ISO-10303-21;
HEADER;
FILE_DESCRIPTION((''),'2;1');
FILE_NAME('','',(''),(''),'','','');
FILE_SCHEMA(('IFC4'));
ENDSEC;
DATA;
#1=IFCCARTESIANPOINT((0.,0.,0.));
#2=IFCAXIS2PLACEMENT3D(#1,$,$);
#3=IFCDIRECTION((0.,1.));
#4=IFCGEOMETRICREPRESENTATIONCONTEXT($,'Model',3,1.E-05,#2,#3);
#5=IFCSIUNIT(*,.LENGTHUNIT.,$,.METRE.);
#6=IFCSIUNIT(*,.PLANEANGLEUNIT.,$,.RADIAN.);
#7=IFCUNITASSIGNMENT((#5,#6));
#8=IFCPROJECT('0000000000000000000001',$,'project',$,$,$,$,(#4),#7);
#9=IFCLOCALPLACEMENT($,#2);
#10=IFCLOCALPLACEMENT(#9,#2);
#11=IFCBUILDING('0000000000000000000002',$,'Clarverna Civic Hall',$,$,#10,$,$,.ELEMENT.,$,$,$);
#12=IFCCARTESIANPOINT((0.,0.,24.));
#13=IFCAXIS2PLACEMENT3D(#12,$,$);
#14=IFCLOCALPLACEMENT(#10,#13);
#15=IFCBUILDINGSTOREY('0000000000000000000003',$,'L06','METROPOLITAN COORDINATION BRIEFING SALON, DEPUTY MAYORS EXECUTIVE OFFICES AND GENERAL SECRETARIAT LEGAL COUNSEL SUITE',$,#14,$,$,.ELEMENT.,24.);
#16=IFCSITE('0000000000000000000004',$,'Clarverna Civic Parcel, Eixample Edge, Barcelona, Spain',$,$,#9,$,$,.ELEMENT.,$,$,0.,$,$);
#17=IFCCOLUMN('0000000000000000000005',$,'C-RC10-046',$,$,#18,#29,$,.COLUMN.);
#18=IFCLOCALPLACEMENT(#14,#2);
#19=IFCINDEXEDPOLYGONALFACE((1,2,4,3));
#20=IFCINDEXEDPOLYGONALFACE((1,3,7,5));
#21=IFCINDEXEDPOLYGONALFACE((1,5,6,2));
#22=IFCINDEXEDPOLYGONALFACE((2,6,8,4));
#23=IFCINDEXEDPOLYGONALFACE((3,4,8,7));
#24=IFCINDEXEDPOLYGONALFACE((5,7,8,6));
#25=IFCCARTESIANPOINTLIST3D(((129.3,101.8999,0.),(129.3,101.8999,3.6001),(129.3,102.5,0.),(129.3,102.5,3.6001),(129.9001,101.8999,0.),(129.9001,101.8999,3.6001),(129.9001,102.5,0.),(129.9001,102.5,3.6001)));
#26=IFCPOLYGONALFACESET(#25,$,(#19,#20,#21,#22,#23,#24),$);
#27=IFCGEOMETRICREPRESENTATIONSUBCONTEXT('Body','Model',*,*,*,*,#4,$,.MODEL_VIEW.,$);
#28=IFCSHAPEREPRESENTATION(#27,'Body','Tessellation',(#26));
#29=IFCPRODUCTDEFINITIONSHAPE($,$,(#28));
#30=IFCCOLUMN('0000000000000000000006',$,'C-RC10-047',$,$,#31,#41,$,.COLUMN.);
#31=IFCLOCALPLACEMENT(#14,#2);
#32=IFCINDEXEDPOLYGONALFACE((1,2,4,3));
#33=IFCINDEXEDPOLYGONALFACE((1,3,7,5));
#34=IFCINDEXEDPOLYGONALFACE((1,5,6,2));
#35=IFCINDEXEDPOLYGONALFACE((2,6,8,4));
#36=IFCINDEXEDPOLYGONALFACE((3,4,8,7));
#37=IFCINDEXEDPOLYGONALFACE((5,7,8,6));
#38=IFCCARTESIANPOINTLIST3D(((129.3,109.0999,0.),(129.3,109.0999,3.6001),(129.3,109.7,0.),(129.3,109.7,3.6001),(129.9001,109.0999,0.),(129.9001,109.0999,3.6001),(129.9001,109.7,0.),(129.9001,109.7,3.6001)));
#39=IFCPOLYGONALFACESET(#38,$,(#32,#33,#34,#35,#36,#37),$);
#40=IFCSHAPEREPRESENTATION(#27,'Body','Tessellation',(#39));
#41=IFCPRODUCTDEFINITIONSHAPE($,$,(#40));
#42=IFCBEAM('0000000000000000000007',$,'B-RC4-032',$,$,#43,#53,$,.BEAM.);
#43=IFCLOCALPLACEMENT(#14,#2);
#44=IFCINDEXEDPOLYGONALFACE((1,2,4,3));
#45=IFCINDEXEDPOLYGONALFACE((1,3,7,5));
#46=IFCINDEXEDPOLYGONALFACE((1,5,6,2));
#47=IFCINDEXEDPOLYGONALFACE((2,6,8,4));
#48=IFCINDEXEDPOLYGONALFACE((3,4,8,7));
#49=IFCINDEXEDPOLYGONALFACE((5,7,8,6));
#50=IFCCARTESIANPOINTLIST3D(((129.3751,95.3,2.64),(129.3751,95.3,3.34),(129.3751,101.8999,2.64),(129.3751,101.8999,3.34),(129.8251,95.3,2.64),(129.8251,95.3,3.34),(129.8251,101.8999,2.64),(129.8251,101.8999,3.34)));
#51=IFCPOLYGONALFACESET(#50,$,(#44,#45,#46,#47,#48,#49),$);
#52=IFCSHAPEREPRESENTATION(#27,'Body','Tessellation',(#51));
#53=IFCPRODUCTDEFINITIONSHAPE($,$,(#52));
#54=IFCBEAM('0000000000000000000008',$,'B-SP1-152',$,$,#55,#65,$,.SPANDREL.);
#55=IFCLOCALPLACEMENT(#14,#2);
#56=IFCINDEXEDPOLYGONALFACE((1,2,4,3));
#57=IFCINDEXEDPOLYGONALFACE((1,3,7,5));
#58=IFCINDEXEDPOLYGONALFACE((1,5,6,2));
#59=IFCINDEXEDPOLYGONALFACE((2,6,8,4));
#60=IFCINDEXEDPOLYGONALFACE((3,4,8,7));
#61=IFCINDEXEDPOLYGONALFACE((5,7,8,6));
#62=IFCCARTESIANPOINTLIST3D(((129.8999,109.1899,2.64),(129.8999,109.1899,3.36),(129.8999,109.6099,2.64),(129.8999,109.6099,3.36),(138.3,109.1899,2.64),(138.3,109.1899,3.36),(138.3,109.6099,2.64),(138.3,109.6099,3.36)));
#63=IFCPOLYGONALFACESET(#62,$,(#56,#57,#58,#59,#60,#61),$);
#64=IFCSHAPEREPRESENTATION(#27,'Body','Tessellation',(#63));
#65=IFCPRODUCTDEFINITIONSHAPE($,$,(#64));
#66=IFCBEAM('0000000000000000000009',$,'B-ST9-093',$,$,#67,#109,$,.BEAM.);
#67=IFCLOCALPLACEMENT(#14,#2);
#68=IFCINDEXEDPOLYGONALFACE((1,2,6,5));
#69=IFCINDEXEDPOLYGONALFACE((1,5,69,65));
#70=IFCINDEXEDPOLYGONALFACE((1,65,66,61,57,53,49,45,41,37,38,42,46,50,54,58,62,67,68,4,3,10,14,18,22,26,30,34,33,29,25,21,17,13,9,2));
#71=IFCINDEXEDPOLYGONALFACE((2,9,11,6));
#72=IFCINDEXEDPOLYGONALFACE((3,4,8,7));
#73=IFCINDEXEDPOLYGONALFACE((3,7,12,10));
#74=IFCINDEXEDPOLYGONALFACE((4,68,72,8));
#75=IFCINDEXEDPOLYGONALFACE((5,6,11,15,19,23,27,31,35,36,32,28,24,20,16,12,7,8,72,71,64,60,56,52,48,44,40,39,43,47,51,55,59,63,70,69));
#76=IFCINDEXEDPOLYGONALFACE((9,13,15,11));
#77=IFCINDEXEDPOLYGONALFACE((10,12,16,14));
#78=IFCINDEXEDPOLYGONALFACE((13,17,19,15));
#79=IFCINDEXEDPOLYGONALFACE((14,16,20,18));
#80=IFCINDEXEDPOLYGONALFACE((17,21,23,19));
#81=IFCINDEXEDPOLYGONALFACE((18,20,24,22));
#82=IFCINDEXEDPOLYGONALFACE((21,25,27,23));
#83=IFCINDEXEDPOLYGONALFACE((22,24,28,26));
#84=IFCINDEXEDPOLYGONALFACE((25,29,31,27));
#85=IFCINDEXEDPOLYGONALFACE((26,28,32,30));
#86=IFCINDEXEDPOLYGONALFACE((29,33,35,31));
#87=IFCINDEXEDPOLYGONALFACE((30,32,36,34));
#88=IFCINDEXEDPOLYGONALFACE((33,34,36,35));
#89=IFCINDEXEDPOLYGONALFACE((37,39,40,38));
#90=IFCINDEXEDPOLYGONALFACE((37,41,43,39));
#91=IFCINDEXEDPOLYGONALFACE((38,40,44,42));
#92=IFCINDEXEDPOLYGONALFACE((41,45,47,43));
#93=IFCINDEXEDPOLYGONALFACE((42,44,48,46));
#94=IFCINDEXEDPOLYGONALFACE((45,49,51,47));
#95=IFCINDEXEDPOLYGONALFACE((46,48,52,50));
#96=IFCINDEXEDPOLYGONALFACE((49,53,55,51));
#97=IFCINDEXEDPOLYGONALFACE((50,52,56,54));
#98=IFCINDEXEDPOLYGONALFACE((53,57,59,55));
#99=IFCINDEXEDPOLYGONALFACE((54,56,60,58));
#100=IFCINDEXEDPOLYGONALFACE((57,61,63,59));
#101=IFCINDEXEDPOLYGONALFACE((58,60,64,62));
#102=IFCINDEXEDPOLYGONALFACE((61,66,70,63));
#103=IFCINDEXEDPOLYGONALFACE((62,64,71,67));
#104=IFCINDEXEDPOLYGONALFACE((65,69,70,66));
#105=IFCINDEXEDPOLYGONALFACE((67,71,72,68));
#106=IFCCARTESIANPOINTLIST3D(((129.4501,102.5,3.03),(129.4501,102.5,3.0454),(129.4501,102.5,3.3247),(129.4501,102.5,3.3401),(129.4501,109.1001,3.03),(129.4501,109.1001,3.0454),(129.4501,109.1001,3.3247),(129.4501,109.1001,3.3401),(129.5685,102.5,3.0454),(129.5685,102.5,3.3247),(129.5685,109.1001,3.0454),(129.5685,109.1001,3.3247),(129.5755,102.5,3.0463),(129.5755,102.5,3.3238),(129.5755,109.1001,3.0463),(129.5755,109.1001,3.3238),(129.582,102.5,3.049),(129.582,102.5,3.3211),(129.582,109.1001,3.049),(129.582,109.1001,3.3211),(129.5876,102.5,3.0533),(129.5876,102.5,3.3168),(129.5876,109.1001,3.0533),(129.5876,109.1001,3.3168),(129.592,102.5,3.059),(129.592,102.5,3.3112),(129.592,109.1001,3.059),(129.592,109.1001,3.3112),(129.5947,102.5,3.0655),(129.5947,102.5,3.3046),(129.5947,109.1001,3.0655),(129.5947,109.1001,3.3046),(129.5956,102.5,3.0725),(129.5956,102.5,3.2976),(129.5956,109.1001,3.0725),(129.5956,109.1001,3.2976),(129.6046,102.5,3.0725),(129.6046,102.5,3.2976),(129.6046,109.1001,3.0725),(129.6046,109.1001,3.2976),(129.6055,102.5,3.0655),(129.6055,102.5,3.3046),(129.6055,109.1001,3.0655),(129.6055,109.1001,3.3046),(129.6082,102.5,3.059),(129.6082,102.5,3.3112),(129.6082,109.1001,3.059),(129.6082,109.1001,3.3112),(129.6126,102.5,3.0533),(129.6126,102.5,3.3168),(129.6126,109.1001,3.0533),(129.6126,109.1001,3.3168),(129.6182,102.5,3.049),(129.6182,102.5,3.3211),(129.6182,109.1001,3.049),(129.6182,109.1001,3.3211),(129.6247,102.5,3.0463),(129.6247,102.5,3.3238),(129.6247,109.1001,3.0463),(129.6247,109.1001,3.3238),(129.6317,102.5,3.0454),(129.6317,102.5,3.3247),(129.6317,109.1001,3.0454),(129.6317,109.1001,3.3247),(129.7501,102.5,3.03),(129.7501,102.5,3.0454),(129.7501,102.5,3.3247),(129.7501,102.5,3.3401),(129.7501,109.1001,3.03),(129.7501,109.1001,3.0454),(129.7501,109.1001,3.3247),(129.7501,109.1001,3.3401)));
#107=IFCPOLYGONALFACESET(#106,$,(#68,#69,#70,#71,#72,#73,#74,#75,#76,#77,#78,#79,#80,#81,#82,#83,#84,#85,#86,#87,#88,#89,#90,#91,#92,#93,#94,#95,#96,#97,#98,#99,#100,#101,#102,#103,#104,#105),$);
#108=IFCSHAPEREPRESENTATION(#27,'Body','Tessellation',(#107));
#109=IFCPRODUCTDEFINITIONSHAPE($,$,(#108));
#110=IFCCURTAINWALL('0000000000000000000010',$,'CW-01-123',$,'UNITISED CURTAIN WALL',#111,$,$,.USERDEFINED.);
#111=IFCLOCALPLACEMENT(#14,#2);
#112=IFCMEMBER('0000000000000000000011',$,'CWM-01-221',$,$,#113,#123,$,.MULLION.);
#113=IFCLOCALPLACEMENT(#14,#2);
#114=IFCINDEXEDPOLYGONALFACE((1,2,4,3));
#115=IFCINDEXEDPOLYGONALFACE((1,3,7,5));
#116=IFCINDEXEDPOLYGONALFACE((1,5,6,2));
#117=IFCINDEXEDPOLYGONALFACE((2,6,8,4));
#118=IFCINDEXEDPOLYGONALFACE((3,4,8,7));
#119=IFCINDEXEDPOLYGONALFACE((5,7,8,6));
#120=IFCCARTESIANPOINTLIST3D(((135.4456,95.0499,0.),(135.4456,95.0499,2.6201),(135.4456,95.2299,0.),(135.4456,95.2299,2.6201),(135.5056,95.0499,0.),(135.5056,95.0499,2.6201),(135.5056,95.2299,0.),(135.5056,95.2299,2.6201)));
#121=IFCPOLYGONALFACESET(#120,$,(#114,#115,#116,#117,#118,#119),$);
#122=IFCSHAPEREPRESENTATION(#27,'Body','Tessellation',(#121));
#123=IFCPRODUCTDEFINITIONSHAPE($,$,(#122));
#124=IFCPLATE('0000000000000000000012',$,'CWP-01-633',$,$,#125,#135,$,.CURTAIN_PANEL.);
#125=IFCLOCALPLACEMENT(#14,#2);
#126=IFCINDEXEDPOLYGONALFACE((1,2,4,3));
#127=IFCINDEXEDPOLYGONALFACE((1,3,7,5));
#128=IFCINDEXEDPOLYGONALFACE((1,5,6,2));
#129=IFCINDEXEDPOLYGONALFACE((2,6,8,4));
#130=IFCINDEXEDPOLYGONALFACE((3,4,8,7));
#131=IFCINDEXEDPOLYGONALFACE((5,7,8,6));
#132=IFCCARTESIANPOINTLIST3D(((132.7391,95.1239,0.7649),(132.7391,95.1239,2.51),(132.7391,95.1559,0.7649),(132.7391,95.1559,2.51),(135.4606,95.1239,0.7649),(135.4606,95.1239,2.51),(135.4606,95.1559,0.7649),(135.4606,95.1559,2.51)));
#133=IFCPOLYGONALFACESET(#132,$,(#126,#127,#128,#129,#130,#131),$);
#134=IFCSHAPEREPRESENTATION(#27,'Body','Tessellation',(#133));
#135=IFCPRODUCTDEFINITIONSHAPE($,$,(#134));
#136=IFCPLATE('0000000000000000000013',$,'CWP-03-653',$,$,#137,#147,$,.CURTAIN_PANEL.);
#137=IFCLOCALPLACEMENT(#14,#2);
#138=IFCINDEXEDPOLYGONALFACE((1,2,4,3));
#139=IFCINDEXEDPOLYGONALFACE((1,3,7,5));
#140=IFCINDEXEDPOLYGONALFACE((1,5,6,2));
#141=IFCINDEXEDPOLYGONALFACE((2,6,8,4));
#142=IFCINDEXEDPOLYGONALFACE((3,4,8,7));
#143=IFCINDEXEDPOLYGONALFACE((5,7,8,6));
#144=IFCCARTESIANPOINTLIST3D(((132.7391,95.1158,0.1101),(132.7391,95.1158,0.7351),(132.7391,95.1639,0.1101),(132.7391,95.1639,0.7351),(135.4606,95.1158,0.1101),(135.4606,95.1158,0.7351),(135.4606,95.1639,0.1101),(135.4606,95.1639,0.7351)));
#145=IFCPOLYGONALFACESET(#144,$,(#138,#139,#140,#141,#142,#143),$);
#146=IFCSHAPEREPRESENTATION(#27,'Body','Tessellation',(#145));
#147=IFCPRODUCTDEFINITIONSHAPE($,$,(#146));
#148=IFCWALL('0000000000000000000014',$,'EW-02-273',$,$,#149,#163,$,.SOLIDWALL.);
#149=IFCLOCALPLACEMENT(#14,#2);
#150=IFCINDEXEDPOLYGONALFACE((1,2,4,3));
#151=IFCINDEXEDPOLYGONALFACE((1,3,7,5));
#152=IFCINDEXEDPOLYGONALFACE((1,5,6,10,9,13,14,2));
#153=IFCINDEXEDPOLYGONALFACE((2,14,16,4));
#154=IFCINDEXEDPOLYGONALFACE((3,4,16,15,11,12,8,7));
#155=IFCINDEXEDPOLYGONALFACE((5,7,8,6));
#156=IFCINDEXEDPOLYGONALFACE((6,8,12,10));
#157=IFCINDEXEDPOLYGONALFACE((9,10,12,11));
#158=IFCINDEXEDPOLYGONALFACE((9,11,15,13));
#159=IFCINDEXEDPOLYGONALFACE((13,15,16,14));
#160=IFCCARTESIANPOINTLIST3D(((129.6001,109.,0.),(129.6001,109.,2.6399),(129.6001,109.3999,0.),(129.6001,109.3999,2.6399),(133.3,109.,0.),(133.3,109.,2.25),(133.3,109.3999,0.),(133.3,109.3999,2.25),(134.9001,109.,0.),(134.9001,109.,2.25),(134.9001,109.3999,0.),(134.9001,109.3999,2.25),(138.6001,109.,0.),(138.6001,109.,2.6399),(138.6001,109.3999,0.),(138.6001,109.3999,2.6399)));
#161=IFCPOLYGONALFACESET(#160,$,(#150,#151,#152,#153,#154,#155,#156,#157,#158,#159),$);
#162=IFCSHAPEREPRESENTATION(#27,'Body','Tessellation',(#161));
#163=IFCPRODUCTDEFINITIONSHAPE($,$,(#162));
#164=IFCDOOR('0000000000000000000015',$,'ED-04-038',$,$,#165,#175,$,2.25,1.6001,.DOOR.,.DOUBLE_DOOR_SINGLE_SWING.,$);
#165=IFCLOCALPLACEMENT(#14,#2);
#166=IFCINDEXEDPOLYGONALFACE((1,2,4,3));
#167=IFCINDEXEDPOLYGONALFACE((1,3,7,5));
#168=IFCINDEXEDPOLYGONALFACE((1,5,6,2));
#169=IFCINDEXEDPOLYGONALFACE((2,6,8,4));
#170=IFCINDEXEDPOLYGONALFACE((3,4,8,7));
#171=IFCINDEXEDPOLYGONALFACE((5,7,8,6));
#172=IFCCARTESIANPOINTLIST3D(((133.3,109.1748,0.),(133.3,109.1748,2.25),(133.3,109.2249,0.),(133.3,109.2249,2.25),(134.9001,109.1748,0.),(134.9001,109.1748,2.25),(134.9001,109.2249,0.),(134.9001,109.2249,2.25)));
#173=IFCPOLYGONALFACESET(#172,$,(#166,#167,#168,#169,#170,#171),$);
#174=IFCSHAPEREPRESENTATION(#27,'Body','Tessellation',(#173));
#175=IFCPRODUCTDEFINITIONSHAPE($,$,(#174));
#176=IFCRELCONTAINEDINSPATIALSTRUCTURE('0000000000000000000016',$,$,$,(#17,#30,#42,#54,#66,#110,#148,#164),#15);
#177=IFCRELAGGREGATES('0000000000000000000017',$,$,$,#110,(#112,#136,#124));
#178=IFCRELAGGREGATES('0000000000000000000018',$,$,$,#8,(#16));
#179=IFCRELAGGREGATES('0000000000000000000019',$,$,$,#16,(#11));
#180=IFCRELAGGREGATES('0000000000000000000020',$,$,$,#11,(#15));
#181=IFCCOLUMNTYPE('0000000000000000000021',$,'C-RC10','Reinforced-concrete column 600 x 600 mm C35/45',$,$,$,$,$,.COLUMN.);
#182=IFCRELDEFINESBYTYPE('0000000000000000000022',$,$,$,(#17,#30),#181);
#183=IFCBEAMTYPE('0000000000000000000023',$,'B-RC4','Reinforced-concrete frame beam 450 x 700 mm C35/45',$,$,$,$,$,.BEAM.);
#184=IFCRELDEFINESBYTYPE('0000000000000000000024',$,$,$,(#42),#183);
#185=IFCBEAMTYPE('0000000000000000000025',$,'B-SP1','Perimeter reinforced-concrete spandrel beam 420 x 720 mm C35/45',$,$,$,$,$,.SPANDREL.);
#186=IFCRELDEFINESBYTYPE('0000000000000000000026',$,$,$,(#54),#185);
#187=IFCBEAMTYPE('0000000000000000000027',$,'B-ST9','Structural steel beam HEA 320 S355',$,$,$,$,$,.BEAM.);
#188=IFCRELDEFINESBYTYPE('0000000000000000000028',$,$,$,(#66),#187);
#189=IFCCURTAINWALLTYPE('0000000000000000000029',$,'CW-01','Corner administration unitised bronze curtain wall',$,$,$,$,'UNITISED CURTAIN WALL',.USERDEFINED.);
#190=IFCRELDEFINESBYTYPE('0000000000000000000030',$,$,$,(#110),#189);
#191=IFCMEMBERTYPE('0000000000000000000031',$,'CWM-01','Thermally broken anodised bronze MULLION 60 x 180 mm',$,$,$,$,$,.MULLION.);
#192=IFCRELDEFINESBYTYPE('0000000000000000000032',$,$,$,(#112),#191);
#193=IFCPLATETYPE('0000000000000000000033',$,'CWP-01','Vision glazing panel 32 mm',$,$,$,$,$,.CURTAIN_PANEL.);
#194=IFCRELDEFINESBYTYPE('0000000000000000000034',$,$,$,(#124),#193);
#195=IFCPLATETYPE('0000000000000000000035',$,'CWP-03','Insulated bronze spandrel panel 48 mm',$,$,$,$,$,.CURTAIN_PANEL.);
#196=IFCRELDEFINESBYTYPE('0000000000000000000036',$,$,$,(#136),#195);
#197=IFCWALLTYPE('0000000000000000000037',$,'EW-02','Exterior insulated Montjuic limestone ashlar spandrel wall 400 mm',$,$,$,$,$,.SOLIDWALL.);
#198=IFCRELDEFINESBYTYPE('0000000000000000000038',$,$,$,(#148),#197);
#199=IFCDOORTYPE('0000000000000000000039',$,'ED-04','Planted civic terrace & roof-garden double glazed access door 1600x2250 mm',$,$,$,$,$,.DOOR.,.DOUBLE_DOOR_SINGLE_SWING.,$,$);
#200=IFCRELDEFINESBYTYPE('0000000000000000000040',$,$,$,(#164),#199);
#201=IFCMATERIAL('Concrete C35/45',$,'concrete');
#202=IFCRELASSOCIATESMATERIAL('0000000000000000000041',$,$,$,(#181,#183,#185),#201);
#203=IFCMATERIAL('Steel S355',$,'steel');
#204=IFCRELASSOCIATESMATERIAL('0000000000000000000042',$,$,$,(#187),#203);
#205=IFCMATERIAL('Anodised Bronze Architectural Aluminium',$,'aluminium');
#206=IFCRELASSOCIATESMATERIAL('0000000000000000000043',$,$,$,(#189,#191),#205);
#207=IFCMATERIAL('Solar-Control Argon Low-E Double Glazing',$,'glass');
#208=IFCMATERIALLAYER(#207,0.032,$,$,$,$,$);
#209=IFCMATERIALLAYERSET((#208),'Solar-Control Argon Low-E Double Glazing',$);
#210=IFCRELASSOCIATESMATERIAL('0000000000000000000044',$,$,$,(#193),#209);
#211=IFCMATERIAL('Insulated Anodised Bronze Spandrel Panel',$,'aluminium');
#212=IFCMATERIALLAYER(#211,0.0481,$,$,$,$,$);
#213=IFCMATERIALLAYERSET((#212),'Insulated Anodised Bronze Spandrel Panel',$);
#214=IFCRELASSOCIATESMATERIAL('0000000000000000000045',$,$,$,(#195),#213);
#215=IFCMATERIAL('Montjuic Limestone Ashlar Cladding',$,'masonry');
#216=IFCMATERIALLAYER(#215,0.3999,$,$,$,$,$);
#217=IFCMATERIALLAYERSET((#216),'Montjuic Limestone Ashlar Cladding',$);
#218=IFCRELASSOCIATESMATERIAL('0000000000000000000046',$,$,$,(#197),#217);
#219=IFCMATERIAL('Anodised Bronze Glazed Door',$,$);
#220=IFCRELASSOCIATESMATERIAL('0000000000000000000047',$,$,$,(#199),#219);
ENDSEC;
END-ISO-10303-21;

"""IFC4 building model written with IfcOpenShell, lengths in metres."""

from ifc_helpers import new_model, si_unit, direction, frame, frame_2d, origin, origin_2d, place, context, subcontext, project, spatial, rectangle, i_section, extrude, material, layer, layer_set, material_profile, profile_set, type_object, element, fill, aggregate, save


model = new_model("IFC4")

# Units and contexts
model_context = context("Model", 3, precision=1e-05, world=origin(), true_north=direction((0.0, 1.0)))
body_context = subcontext(model_context, "Body", "Model", "MODEL_VIEW")
ifc_project = project(units=[si_unit("LENGTHUNIT", "METRE"), si_unit("PLANEANGLEUNIT", "RADIAN")], contexts=[model_context])

# Site, building, storey
site_placement = place(None, origin())
site = spatial("IfcSite", under=ifc_project, at=site_placement, Name="Clarverna Civic Parcel, Eixample Edge, Barcelona, Spain", CompositionType="ELEMENT", RefElevation=0.0)
building_placement = place(site_placement, origin())
building = spatial("IfcBuilding", under=site, at=building_placement, Name="Clarverna Civic Hall", CompositionType="ELEMENT")
storey_placement = place(building_placement, frame((0.0, 0.0, 24.0)))
storey = spatial("IfcBuildingStorey", under=building, at=storey_placement, Name="L06", Description="METROPOLITAN COORDINATION BRIEFING SALON, DEPUTY MAYORS EXECUTIVE OFFICES AND GENERAL SECRETARIAT LEGAL COUNSEL SUITE", CompositionType="ELEMENT", Elevation=24.0)

# Columns
ifc_material_1 = material(Name="Concrete C35/45", Category="concrete")
ifc_material_profile_1 = material_profile(ifc_material_1, rectangle(XDim=0.6001, YDim=0.6001, at=origin_2d()), Name="RC 600x600")
ifc_profile_set_1 = profile_set([ifc_material_profile_1], Name="Concrete C35/45")
column_type = type_object("IfcColumnType", Name="C-RC10", Description="Reinforced-concrete column 600 x 600 mm C35/45", PredefinedType="COLUMN", material=ifc_profile_set_1)
for number, where, z_axis, x_axis, name in (
    (1, (129.6001, 102.2, 0.0), (0.0, 0.0, 1.0), (1.0, 0.0, 0.0), "C-RC10-046"),
    (2, (129.6001, 109.3999, 0.0), (0.0, 0.0, 1.0), (1.0, 0.0, 0.0), "C-RC10-047"),
):
    element("IfcColumn", number, at=place(storey_placement, frame(where, z_axis=z_axis, x_axis=x_axis)), inside=storey, type_object=column_type, Name=name, PredefinedType="COLUMN", context=body_context, shape_type="SweptSolid", body=[
        extrude(rectangle(XDim=0.6001, YDim=0.6001, at=origin_2d()), origin(), (0.0, 0.0, 1.0), 3.6001),
    ])

# Beams
ifc_material_profile_2 = material_profile(ifc_material_1, rectangle(XDim=0.45, YDim=0.7, at=origin_2d()), Name="RC 450x700")
ifc_profile_set_2 = profile_set([ifc_material_profile_2], Name="Concrete C35/45")
beam_type_1 = type_object("IfcBeamType", Name="B-RC4", Description="Reinforced-concrete frame beam 450 x 700 mm C35/45", PredefinedType="BEAM", material=ifc_profile_set_2)
beam_1_placement = place(storey_placement, frame((129.6001, 95.3, 2.99), z_axis=(0.0, 1.0, 0.0), x_axis=(-1.0, 0.0, 0.0)))
element("IfcBeam", 3, at=beam_1_placement, inside=storey, type_object=beam_type_1, Name="B-RC4-032", PredefinedType="BEAM", context=body_context, shape_type="SweptSolid", body=[
    extrude(rectangle(XDim=0.45, YDim=0.7, at=origin_2d()), origin(), (0.0, 0.0, 1.0), 6.5999),
])
ifc_material_profile_3 = material_profile(ifc_material_1, rectangle(XDim=0.4199, YDim=0.72, at=origin_2d()), Name="RC 420x720")
ifc_profile_set_3 = profile_set([ifc_material_profile_3], Name="Concrete C35/45")
beam_type_2 = type_object("IfcBeamType", Name="B-SP1", Description="Perimeter reinforced-concrete spandrel beam 420 x 720 mm C35/45", PredefinedType="SPANDREL", material=ifc_profile_set_3)
beam_2_placement = place(storey_placement, frame((129.8999, 109.3999, 3.0), z_axis=(1.0, 0.0, 0.0), x_axis=(0.0, 1.0, 0.0)))
element("IfcBeam", 4, at=beam_2_placement, inside=storey, type_object=beam_type_2, Name="B-SP1-152", PredefinedType="SPANDREL", context=body_context, shape_type="SweptSolid", body=[
    extrude(rectangle(XDim=0.4199, YDim=0.72, at=origin_2d()), origin(), (0.0, 0.0, 1.0), 8.4001),
])
ifc_material_2 = material(Name="Steel S355", Category="steel")
ifc_material_profile_4 = material_profile(ifc_material_2, i_section(OverallWidth=0.3, OverallDepth=0.3101, WebThickness=0.009, FlangeThickness=0.0154, FilletRadius=0.0271, at=origin_2d()), Name="HEA 320")
ifc_profile_set_4 = profile_set([ifc_material_profile_4], Name="Steel S355")
beam_type_3 = type_object("IfcBeamType", Name="B-ST9", Description="Structural steel beam HEA 320 S355", PredefinedType="BEAM", material=ifc_profile_set_4)
beam_3_placement = place(storey_placement, frame((129.6001, 102.5, 3.1851), z_axis=(0.0, 1.0, 0.0), x_axis=(-1.0, 0.0, 0.0)))
element("IfcBeam", 5, at=beam_3_placement, inside=storey, type_object=beam_type_3, Name="B-ST9-093", PredefinedType="BEAM", context=body_context, shape_type="SweptSolid", body=[
    extrude(i_section(OverallWidth=0.3, OverallDepth=0.3101, WebThickness=0.009, FlangeThickness=0.0154, FilletRadius=0.0271, at=origin_2d()), origin(), (0.0, 0.0, 1.0), 6.6001),
])

# Curtain wall, member, plates
ifc_material_3 = material(Name="Anodised Bronze Architectural Aluminium", Category="aluminium")
curtain_wall_type = type_object("IfcCurtainWallType", Name="CW-01", Description="Corner administration unitised bronze curtain wall", ElementType="UNITISED CURTAIN WALL", PredefinedType="USERDEFINED", material=ifc_material_3)
curtain_wall_placement = place(storey_placement, origin())
curtain_wall = element("IfcCurtainWall", 6, at=curtain_wall_placement, inside=storey, type_object=curtain_wall_type, Name="CW-01-123", ObjectType="UNITISED CURTAIN WALL", PredefinedType="USERDEFINED")
ifc_material_profile_5 = material_profile(ifc_material_3, rectangle(XDim=0.0601, YDim=0.1799, at=origin_2d()), Name="BRONZE 60x180")
ifc_profile_set_5 = profile_set([ifc_material_profile_5], Name="Anodised Bronze Architectural Aluminium")
member_type = type_object("IfcMemberType", Name="CWM-01", Description="Thermally broken anodised bronze MULLION 60 x 180 mm", PredefinedType="MULLION", material=ifc_profile_set_5)
member_placement = place(storey_placement, frame((135.4756, 95.1399, 0.0), z_axis=(0.0, 0.0, 1.0), x_axis=(1.0, 0.0, 0.0)))
member = element("IfcMember", 7, at=member_placement, type_object=member_type, Name="CWM-01-221", PredefinedType="MULLION", context=body_context, shape_type="SweptSolid", body=[
    extrude(rectangle(XDim=0.0601, YDim=0.1799, at=origin_2d()), origin(), (0.0, 0.0, 1.0), 2.6201),
])
ifc_material_4 = material(Name="Solar-Control Argon Low-E Double Glazing", Category="glass")
ifc_layer_1 = layer(ifc_material_4, 0.032)
ifc_layer_set_1 = layer_set([ifc_layer_1], Name="Solar-Control Argon Low-E Double Glazing")
plate_type_1 = type_object("IfcPlateType", Name="CWP-01", Description="Vision glazing panel 32 mm", PredefinedType="CURTAIN_PANEL", material=ifc_layer_set_1)
plate_1_placement = place(storey_placement, frame((135.4607, 95.1399, 0.7649), z_axis=(0.0, 0.0, 1.0), x_axis=(-1.0, 0.0, 0.0)))
plate_1 = element("IfcPlate", 8, at=plate_1_placement, type_object=plate_type_1, Name="CWP-01-633", PredefinedType="CURTAIN_PANEL", context=body_context, shape_type="SweptSolid", body=[
    extrude(rectangle(XDim=2.7214, YDim=0.032, at=frame_2d((1.3608, 0.0))), origin(), (0.0, 0.0, 1.0), 1.7451),
])
ifc_material_5 = material(Name="Insulated Anodised Bronze Spandrel Panel", Category="aluminium")
ifc_layer_2 = layer(ifc_material_5, 0.0481)
ifc_layer_set_2 = layer_set([ifc_layer_2], Name="Insulated Anodised Bronze Spandrel Panel")
plate_type_2 = type_object("IfcPlateType", Name="CWP-03", Description="Insulated bronze spandrel panel 48 mm", PredefinedType="CURTAIN_PANEL", material=ifc_layer_set_2)
plate_2_placement = place(storey_placement, frame((135.4607, 95.1399, 0.1101), z_axis=(0.0, 0.0, 1.0), x_axis=(-1.0, 0.0, 0.0)))
plate_2 = element("IfcPlate", 9, at=plate_2_placement, type_object=plate_type_2, Name="CWP-03-653", PredefinedType="CURTAIN_PANEL", context=body_context, shape_type="SweptSolid", body=[
    extrude(rectangle(XDim=2.7214, YDim=0.0481, at=frame_2d((1.3608, 0.0))), origin(), (0.0, 0.0, 1.0), 0.625),
])
aggregate(curtain_wall, [member, plate_2, plate_1])

# Wall, opening, door
ifc_material_6 = material(Name="Montjuic Limestone Ashlar Cladding", Category="masonry")
ifc_layer_3 = layer(ifc_material_6, 0.3999)
ifc_layer_set_3 = layer_set([ifc_layer_3], Name="Montjuic Limestone Ashlar Cladding")
wall_type_1 = type_object("IfcWallType", Name="EW-02", Description="Exterior insulated Montjuic limestone ashlar spandrel wall 400 mm", PredefinedType="SOLIDWALL", material=ifc_layer_set_3)
wall_1_placement = place(storey_placement, frame((129.6001, 109.2, 0.0), z_axis=(0.0, 0.0, 1.0), x_axis=(1.0, 0.0, 0.0)))
wall_1 = element("IfcWall", 10, at=wall_1_placement, inside=storey, type_object=wall_type_1, Name="EW-02-273", PredefinedType="SOLIDWALL", context=body_context, shape_type="SweptSolid", body=[
    extrude(rectangle(XDim=9.0, YDim=0.3999, at=frame_2d((4.5, 0.0))), origin(), (0.0, 0.0, 1.0), 2.6399),
])
opening_1_placement = place(wall_1_placement, frame((3.7, 0.0, 0.0)))
opening_1 = element("IfcOpeningElement", 11, at=opening_1_placement, cuts=wall_1, PredefinedType="OPENING", context=body_context, shape_type="SweptSolid", body=[
    extrude(rectangle(XDim=1.6001, YDim=2.25, at=frame_2d((0.8, 1.125))), frame((0.0, 0.21, 0.0), z_axis=(0.0, -1.0, 0.0), x_axis=(1.0, 0.0, 0.0)), (0.0, 0.0, 1.0), 0.4199),
])
ifc_material_7 = material(Name="Anodised Bronze Glazed Door")
door_type_1 = type_object("IfcDoorType", Name="ED-04", Description="Planted civic terrace & roof-garden double glazed access door 1600x2250 mm", OperationType="DOUBLE_DOOR_SINGLE_SWING", PredefinedType="DOOR", material=ifc_material_7)
door_1_placement = place(opening_1_placement, origin())
door_1 = element("IfcDoor", 12, at=door_1_placement, inside=storey, type_object=door_type_1, Name="ED-04-038", OperationType="DOUBLE_DOOR_SINGLE_SWING", OverallHeight=2.25, OverallWidth=1.6001, PredefinedType="DOOR", context=body_context, shape_type="SweptSolid", body=[
    extrude(rectangle(XDim=1.6001, YDim=2.25, at=frame_2d((0.8, 1.125))), frame((0.0, 0.0249, 0.0), z_axis=(0.0, -1.0, 0.0), x_axis=(1.0, 0.0, 0.0)), (0.0, 0.0, 1.0), 0.05),
])
fill(opening_1, door_1)

save(model, "model.ifc")
